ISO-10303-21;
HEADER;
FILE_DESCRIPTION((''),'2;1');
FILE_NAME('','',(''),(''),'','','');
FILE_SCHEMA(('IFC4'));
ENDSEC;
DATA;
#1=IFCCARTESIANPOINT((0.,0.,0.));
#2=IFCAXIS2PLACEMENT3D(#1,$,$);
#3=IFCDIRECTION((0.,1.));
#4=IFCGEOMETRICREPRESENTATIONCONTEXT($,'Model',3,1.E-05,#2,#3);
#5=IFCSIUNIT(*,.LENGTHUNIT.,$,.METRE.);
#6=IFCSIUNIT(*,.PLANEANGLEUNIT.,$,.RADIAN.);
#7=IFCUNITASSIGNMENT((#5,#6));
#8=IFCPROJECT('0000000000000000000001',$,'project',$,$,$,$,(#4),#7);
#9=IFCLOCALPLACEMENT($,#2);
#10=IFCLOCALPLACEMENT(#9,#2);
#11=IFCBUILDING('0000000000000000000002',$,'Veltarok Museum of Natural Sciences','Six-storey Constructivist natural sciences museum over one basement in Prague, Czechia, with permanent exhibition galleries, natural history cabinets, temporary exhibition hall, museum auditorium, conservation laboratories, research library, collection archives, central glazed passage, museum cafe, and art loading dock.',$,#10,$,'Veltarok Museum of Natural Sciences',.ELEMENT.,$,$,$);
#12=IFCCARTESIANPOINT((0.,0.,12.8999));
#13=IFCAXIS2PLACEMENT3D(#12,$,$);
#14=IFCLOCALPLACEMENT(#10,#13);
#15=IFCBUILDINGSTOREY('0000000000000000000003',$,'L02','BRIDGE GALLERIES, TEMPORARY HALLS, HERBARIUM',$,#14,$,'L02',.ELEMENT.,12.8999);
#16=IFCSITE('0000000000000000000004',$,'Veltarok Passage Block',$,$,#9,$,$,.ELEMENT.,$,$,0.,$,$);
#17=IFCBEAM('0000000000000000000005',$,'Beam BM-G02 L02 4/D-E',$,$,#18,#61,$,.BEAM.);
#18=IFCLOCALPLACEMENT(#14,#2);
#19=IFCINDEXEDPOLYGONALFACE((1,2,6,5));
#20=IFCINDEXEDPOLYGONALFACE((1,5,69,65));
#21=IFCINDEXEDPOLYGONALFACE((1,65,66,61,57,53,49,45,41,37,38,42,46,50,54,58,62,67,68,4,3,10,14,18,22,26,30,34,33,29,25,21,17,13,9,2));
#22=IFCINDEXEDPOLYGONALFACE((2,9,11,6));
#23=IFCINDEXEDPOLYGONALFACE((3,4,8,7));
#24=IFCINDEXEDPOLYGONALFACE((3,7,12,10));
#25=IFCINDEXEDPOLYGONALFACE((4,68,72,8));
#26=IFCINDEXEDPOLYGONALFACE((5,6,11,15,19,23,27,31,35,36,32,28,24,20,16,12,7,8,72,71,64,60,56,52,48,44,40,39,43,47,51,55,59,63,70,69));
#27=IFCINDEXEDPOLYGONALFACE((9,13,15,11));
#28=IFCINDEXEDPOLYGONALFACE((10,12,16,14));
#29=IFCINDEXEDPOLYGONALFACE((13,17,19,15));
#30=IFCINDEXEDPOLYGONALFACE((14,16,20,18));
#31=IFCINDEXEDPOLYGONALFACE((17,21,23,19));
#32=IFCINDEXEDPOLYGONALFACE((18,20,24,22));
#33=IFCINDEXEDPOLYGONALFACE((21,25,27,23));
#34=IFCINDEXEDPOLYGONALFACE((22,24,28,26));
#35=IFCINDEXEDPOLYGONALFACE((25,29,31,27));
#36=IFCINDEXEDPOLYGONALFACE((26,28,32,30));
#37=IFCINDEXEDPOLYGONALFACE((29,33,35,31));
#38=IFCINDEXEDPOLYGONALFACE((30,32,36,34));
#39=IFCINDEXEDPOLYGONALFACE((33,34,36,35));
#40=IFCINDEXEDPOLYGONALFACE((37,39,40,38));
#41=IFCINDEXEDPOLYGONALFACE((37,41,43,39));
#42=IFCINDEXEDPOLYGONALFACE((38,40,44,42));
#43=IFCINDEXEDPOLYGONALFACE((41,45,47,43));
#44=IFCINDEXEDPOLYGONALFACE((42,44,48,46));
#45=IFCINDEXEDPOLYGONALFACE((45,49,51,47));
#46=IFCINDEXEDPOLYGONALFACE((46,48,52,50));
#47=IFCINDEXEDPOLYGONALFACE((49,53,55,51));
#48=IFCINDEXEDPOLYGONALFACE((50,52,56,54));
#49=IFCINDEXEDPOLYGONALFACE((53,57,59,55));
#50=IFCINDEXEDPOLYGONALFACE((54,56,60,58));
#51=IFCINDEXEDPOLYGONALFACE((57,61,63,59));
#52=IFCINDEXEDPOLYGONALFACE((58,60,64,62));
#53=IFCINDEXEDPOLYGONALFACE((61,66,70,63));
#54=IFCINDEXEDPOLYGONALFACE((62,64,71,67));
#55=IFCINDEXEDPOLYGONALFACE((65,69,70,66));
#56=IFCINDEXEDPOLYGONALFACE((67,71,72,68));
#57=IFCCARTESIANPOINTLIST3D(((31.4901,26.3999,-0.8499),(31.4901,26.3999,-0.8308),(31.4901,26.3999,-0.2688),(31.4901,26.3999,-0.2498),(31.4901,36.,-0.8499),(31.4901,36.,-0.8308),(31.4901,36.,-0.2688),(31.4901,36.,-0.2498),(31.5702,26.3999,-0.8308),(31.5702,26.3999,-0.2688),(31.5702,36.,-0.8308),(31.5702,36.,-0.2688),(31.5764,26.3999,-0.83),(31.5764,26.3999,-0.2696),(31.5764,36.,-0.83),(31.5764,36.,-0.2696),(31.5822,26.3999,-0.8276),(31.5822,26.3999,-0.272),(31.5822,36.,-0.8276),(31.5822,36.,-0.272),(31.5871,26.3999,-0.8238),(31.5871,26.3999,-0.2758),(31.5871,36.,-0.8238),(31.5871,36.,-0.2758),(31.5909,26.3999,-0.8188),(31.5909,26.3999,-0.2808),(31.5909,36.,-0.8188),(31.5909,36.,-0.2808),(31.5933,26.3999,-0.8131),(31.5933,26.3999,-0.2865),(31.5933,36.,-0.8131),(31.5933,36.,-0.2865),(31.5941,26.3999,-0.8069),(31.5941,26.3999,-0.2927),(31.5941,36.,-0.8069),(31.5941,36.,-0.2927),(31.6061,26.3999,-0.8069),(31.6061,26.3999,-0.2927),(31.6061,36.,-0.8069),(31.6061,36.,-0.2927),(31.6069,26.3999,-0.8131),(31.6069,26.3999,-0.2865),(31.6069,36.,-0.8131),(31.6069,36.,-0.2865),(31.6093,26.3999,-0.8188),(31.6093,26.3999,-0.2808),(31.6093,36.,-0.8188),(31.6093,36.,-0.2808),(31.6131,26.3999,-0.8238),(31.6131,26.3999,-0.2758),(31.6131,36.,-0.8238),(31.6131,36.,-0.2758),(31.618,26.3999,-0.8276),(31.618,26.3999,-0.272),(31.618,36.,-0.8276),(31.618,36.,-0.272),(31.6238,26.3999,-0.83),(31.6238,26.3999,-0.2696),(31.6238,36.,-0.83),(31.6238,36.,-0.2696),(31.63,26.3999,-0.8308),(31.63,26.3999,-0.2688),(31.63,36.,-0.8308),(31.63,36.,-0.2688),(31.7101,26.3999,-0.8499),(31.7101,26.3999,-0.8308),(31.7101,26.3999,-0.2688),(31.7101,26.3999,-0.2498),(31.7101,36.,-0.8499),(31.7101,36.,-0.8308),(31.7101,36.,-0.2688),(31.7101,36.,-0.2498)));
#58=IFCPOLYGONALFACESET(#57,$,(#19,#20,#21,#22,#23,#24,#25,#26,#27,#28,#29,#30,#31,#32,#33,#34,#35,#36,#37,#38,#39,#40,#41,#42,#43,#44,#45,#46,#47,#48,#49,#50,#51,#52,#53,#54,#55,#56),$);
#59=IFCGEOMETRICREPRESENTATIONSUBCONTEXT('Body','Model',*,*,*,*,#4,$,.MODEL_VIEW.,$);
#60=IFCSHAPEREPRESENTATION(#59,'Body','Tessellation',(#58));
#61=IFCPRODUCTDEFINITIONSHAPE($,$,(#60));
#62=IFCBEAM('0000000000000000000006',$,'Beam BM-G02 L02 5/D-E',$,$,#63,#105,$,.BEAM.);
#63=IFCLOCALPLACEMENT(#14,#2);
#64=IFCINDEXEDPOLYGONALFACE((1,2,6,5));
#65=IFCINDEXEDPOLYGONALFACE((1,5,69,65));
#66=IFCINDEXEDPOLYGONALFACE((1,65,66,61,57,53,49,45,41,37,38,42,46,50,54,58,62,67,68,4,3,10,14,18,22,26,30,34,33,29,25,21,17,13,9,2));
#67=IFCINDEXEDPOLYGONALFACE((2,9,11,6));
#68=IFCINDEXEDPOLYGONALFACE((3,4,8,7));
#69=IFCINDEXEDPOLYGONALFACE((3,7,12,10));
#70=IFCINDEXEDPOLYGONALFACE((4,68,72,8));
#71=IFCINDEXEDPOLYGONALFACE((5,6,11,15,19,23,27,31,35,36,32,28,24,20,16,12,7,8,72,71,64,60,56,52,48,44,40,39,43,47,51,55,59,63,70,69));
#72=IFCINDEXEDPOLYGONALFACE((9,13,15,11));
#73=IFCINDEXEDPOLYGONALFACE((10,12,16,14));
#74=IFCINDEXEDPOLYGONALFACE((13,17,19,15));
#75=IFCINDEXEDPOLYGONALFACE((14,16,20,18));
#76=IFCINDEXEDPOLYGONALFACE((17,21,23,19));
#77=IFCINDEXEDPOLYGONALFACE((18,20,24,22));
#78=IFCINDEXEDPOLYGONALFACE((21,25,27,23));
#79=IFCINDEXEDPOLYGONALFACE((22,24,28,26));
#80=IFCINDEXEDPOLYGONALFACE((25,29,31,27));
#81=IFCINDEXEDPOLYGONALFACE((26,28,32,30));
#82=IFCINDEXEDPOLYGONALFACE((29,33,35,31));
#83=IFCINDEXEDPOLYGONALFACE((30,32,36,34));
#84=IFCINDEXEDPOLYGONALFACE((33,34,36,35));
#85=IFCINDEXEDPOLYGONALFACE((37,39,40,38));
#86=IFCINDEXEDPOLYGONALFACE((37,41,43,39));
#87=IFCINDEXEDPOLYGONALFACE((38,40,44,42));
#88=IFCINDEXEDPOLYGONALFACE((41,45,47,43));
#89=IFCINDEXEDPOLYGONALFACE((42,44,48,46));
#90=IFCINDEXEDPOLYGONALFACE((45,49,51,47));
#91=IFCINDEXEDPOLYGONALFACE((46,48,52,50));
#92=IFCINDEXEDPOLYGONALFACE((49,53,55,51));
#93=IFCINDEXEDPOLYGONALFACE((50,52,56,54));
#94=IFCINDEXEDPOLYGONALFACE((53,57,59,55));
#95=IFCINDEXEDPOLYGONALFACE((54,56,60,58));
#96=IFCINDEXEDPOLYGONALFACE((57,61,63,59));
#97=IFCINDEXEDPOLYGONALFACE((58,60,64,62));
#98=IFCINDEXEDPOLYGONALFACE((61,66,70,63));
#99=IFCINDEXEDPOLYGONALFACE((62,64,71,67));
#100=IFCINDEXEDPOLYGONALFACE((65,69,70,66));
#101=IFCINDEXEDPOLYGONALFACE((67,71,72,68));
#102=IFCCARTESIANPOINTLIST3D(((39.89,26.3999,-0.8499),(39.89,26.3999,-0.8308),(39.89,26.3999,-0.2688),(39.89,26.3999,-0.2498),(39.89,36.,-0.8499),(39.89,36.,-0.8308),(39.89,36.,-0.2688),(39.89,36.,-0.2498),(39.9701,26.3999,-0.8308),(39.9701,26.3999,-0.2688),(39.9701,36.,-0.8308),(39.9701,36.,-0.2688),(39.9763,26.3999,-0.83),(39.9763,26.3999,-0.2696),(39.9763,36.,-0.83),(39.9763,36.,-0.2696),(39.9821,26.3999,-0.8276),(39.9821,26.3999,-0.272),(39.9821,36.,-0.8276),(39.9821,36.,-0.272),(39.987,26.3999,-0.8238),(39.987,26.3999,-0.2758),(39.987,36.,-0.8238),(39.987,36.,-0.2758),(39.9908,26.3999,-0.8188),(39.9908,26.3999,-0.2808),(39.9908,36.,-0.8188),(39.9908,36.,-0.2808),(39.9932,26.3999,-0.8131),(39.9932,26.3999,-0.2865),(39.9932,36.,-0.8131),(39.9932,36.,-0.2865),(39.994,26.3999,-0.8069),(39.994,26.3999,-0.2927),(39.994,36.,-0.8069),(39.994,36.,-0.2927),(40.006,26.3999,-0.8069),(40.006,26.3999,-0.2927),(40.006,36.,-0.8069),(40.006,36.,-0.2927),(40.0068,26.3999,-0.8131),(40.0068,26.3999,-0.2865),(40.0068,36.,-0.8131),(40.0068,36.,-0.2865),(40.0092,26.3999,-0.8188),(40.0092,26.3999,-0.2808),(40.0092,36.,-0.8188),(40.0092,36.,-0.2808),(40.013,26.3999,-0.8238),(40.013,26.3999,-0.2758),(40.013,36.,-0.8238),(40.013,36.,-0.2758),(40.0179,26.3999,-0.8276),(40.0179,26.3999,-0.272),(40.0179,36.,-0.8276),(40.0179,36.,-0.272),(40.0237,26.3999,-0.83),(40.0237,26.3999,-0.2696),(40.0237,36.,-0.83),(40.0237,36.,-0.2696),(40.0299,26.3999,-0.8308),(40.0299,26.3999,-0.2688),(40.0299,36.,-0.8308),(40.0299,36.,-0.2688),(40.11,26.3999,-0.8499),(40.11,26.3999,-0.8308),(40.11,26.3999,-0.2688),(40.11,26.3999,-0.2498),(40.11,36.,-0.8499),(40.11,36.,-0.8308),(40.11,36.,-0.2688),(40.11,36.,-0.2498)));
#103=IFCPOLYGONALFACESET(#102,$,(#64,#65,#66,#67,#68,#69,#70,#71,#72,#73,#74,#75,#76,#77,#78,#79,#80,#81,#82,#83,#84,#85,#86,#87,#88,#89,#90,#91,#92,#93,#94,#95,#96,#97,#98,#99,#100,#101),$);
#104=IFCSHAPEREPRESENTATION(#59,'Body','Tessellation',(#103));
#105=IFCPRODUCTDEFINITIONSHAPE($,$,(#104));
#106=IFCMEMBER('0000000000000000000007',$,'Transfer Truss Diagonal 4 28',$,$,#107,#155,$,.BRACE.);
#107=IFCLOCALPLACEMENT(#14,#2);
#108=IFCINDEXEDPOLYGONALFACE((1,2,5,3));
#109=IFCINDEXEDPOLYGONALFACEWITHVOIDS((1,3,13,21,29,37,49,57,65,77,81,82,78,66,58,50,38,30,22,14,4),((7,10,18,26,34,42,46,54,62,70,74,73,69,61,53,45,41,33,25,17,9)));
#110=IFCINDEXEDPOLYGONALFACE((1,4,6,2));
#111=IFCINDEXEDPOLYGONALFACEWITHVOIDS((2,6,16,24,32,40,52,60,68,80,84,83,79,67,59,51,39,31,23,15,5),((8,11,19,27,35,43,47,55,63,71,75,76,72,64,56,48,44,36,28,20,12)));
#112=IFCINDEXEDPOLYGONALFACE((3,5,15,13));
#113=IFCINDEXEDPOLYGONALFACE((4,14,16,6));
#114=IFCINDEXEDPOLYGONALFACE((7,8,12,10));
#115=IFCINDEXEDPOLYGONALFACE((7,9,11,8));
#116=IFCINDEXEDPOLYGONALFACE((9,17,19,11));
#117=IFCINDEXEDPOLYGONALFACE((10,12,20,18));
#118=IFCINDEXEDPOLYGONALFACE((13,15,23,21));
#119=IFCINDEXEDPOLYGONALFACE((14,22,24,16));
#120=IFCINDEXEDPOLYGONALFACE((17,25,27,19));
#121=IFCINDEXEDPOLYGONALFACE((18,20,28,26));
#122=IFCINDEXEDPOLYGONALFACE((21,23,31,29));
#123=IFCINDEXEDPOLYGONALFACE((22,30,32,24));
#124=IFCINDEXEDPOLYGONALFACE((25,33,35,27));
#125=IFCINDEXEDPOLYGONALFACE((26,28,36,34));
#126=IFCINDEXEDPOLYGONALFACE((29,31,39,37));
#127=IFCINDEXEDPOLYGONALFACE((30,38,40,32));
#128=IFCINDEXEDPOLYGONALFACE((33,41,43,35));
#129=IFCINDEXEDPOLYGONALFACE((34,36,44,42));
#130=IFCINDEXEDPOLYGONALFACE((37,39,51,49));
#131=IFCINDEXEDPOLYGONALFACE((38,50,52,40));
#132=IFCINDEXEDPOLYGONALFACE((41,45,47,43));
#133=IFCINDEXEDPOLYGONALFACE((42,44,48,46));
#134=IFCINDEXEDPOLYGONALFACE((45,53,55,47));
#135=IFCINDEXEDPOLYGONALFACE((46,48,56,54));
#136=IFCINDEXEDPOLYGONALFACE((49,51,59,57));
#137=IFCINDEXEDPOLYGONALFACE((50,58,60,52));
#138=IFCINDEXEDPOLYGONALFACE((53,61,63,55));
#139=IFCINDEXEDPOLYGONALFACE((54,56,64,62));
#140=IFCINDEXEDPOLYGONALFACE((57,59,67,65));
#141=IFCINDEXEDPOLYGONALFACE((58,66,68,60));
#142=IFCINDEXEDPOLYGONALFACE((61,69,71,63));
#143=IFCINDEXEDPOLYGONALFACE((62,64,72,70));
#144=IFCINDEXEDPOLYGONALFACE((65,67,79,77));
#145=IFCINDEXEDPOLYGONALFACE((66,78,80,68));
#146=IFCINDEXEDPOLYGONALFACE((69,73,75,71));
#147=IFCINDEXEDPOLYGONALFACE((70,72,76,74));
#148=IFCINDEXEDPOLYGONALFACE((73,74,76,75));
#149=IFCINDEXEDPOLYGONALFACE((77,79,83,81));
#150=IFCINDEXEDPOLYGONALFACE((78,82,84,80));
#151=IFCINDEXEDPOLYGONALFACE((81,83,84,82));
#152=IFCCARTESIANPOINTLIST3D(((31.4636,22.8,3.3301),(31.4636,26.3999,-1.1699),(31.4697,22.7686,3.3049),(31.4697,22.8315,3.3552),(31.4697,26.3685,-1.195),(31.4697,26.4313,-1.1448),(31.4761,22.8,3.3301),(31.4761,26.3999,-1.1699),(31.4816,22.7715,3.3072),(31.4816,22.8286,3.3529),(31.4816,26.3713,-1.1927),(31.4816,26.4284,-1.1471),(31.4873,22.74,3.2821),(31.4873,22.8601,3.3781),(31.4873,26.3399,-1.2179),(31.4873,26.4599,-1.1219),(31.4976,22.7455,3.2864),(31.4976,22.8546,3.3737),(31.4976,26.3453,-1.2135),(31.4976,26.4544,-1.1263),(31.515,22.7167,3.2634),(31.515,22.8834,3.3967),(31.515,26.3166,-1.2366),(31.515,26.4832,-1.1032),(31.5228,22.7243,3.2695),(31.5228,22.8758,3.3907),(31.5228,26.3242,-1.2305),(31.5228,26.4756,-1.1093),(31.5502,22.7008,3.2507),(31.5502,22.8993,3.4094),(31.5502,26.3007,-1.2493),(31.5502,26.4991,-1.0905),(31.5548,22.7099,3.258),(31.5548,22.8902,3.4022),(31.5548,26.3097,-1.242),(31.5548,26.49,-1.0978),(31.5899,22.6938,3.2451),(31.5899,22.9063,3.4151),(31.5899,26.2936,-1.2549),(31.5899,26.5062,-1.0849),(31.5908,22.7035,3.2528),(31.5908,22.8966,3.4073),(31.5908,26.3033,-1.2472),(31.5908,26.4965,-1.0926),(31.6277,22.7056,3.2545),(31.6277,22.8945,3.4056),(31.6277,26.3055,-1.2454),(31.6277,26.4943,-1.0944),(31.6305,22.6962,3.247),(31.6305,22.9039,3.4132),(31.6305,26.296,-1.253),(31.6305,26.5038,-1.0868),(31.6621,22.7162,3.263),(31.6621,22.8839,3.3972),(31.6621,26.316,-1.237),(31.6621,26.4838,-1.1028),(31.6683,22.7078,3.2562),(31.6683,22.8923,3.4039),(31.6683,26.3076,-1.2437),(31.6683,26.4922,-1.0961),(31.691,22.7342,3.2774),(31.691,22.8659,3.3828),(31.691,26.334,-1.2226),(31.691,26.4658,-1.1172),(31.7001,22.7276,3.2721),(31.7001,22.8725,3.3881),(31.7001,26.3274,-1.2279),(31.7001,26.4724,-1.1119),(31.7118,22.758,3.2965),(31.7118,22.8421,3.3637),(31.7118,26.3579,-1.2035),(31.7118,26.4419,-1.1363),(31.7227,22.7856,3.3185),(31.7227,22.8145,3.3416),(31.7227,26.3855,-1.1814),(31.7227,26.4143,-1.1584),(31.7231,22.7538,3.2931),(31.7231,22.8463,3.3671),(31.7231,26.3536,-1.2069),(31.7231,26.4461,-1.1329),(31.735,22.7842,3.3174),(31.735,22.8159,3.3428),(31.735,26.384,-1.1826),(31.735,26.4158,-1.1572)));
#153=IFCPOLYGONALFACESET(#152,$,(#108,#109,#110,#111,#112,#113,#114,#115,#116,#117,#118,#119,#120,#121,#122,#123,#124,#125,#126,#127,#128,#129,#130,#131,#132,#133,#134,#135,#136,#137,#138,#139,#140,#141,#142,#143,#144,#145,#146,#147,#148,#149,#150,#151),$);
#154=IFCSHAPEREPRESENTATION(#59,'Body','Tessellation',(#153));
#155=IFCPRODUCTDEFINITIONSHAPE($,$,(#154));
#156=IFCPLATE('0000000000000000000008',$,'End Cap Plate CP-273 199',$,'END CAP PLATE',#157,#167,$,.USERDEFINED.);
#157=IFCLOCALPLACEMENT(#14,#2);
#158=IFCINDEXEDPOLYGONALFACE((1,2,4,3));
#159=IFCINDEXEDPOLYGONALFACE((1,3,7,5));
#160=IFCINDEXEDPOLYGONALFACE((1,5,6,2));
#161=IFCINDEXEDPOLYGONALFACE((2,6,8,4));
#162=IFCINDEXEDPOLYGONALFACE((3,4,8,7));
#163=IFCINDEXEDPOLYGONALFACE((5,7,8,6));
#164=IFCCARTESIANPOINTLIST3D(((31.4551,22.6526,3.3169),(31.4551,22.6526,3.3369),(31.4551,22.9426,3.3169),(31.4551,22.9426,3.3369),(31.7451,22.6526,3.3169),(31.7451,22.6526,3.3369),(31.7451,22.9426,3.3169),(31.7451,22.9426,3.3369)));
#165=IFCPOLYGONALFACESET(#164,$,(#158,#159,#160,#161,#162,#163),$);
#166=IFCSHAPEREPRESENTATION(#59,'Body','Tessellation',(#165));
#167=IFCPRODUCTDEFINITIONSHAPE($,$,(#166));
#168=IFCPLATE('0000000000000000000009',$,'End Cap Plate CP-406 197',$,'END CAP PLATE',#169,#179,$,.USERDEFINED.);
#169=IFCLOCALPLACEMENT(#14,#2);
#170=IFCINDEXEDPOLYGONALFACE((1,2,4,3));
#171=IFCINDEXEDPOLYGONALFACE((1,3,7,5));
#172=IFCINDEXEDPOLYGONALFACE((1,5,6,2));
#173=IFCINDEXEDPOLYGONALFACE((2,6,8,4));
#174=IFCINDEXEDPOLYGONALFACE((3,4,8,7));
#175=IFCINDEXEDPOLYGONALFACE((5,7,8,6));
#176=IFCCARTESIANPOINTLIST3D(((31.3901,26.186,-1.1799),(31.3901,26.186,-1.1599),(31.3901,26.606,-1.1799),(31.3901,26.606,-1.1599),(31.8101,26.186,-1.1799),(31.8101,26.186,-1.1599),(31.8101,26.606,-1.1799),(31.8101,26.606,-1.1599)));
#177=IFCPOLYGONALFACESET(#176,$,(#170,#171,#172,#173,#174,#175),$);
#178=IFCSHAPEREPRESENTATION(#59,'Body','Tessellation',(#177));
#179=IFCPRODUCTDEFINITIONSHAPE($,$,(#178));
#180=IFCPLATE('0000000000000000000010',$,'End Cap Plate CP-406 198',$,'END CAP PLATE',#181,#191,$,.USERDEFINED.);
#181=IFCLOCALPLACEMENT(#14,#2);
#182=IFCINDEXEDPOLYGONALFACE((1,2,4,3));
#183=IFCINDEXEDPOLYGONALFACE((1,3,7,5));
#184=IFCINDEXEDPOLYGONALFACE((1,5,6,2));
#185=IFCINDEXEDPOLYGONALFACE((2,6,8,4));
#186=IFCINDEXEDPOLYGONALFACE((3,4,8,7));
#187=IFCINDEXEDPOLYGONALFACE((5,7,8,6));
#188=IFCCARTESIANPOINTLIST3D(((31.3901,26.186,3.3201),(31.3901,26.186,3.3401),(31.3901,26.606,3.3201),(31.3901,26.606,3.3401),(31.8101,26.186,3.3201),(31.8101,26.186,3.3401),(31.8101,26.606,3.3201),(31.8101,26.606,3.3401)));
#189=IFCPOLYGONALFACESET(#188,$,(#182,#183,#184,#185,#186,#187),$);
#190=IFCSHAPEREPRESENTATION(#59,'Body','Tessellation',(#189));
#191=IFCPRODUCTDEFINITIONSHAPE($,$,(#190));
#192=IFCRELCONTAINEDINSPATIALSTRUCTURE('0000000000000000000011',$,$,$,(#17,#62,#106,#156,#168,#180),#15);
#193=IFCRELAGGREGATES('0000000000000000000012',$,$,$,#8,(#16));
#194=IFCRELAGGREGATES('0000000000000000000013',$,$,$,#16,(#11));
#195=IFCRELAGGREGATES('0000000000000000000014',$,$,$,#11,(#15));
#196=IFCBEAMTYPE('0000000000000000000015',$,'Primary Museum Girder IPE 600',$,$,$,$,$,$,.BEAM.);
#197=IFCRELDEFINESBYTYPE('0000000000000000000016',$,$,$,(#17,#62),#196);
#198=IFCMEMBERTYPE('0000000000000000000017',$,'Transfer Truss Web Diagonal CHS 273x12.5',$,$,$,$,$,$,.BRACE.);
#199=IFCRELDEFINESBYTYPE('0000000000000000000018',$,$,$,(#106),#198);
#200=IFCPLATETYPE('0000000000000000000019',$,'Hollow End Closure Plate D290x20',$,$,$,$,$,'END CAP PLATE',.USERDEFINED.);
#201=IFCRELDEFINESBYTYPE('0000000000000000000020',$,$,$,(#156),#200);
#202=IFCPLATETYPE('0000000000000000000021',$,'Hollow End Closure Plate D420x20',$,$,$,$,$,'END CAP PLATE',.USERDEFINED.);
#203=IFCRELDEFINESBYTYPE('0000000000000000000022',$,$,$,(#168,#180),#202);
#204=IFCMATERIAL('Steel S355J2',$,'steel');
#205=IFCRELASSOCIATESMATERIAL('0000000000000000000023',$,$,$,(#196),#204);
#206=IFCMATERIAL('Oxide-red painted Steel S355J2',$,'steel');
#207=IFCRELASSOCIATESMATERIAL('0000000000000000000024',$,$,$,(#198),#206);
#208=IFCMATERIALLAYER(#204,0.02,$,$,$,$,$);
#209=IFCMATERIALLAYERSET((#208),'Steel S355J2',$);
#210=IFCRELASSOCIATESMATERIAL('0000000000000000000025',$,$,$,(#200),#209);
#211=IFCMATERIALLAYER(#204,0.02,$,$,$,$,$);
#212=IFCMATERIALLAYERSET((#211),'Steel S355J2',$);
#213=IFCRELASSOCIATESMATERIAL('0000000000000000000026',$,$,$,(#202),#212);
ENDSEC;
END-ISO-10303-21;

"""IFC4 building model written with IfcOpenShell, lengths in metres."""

from ifc_helpers import new_model, si_unit, direction, frame, origin, origin_2d, place, context, subcontext, project, spatial, rectangle, hollow_circle, i_section, extrude, material, layer, layer_set, material_profile, profile_set, type_object, element, save


model = new_model("IFC4")

# Units and contexts
model_context = context("Model", 3, precision=1e-05, world=origin(), true_north=direction((0.0, 1.0)))
body_context = subcontext(model_context, "Body", "Model", "MODEL_VIEW")
ifc_project = project(units=[si_unit("LENGTHUNIT", "METRE"), si_unit("PLANEANGLEUNIT", "RADIAN")], contexts=[model_context])

# Site, building, storey
site_placement = place(None, origin())
site = spatial("IfcSite", under=ifc_project, at=site_placement, Name="Veltarok Passage Block", CompositionType="ELEMENT", RefElevation=0.0)
building_placement = place(site_placement, origin())
building = spatial("IfcBuilding", under=site, at=building_placement, Name="Veltarok Museum of Natural Sciences", Description="Six-storey Constructivist natural sciences museum over one basement in Prague, Czechia, with permanent exhibition galleries, natural history cabinets, temporary exhibition hall, museum auditorium, conservation laboratories, research library, collection archives, central glazed passage, museum cafe, and art loading dock.", LongName="Veltarok Museum of Natural Sciences", CompositionType="ELEMENT")
storey_placement = place(building_placement, frame((0.0, 0.0, 12.8999)))
storey = spatial("IfcBuildingStorey", under=building, at=storey_placement, Name="L02", Description="BRIDGE GALLERIES, TEMPORARY HALLS, HERBARIUM", LongName="L02", CompositionType="ELEMENT", Elevation=12.8999)

# Shared definitions
ifc_material_1 = material(Name="Steel S355J2", Category="steel")

# Shared definitions
ifc_material_2 = material(Name="Oxide-red painted Steel S355J2", Category="steel")

# Beams
ifc_material_profile_1 = material_profile(ifc_material_1, i_section(OverallWidth=0.22, OverallDepth=0.6001, WebThickness=0.012, FlangeThickness=0.019, FilletRadius=0.0239, at=origin_2d()), Name="IPE 600")
ifc_profile_set_1 = profile_set([ifc_material_profile_1], Name="Steel S355J2")
beam_type_1 = type_object("IfcBeamType", Name="Primary Museum Girder IPE 600", PredefinedType="BEAM", material=ifc_profile_set_1)
for number, where, z_axis, x_axis, name in (
    (1, (31.6001, 26.3999, -0.5498), (0.0, 1.0, 0.0), (-1.0, 0.0, 0.0), "Beam BM-G02 L02 4/D-E"),
    (2, (40.0, 26.3999, -0.5498), (0.0, 1.0, 0.0), (-1.0, 0.0, 0.0), "Beam BM-G02 L02 5/D-E"),
):
    element("IfcBeam", number, at=place(storey_placement, frame(where, z_axis=z_axis, x_axis=x_axis)), inside=storey, type_object=beam_type_1, Name=name, PredefinedType="BEAM", context=body_context, shape_type="SweptSolid", body=[
        extrude(i_section(OverallWidth=0.22, OverallDepth=0.6001, WebThickness=0.012, FlangeThickness=0.019, FilletRadius=0.0239, at=origin_2d()), origin(), (0.0, 0.0, 1.0), 9.6001),
    ])

# Member
ifc_material_profile_2 = material_profile(ifc_material_2, hollow_circle(Radius=0.1365, WallThickness=0.0125, at=origin_2d()), Name="CHS 273x12.5")
ifc_profile_set_2 = profile_set([ifc_material_profile_2], Name="Oxide-red painted Steel S355J2")
member_type_1 = type_object("IfcMemberType", Name="Transfer Truss Web Diagonal CHS 273x12.5", PredefinedType="BRACE", material=ifc_profile_set_2)
member_1_placement = place(storey_placement, frame((31.6001, 22.8, 3.3301), z_axis=(0.0, 0.62468, -0.780881), x_axis=(-1.0, 0.0, 0.0)))
element("IfcMember", 3, at=member_1_placement, inside=storey, type_object=member_type_1, Name="Transfer Truss Diagonal 4 28", PredefinedType="BRACE", context=body_context, shape_type="SweptSolid", body=[
    extrude(hollow_circle(Radius=0.1365, WallThickness=0.0125, at=origin_2d()), origin(), (0.0, 0.0, 1.0), 5.7627),
])

# Plates
ifc_layer_1 = layer(ifc_material_1, 0.02)
ifc_layer_set_1 = layer_set([ifc_layer_1], Name="Steel S355J2")
plate_type_1 = type_object("IfcPlateType", Name="Hollow End Closure Plate D290x20", ElementType="END CAP PLATE", PredefinedType="USERDEFINED", material=ifc_layer_set_1)
plate_1_placement = place(storey_placement, frame((31.6001, 22.7976, 3.3169), z_axis=(0.0, 0.0, 1.0), x_axis=(0.0, 1.0, 0.0)))
element("IfcPlate", 4, at=plate_1_placement, inside=storey, type_object=plate_type_1, Name="End Cap Plate CP-273 199", ObjectType="END CAP PLATE", PredefinedType="USERDEFINED", context=body_context, shape_type="SweptSolid", body=[
    extrude(rectangle(XDim=0.29, YDim=0.29, at=origin_2d()), origin(), (0.0, 0.0, 1.0), 0.02),
])
ifc_layer_2 = layer(ifc_material_1, 0.02)
ifc_layer_set_2 = layer_set([ifc_layer_2], Name="Steel S355J2")
plate_type_2 = type_object("IfcPlateType", Name="Hollow End Closure Plate D420x20", ElementType="END CAP PLATE", PredefinedType="USERDEFINED", material=ifc_layer_set_2)
for number, where, z_axis, x_axis, name in (
    (5, (31.6001, 26.396, -1.1799), (0.0, 0.0, 1.0), (0.0, 1.0, 0.0), "End Cap Plate CP-406 197"),
    (6, (31.6001, 26.396, 3.3201), (0.0, 0.0, 1.0), (0.0, 1.0, 0.0), "End Cap Plate CP-406 198"),
):
    element("IfcPlate", number, at=place(storey_placement, frame(where, z_axis=z_axis, x_axis=x_axis)), inside=storey, type_object=plate_type_2, Name=name, ObjectType="END CAP PLATE", PredefinedType="USERDEFINED", context=body_context, shape_type="SweptSolid", body=[
        extrude(rectangle(XDim=0.4199, YDim=0.4199, at=origin_2d()), origin(), (0.0, 0.0, 1.0), 0.02),
    ])

save(model, "model.ifc")
